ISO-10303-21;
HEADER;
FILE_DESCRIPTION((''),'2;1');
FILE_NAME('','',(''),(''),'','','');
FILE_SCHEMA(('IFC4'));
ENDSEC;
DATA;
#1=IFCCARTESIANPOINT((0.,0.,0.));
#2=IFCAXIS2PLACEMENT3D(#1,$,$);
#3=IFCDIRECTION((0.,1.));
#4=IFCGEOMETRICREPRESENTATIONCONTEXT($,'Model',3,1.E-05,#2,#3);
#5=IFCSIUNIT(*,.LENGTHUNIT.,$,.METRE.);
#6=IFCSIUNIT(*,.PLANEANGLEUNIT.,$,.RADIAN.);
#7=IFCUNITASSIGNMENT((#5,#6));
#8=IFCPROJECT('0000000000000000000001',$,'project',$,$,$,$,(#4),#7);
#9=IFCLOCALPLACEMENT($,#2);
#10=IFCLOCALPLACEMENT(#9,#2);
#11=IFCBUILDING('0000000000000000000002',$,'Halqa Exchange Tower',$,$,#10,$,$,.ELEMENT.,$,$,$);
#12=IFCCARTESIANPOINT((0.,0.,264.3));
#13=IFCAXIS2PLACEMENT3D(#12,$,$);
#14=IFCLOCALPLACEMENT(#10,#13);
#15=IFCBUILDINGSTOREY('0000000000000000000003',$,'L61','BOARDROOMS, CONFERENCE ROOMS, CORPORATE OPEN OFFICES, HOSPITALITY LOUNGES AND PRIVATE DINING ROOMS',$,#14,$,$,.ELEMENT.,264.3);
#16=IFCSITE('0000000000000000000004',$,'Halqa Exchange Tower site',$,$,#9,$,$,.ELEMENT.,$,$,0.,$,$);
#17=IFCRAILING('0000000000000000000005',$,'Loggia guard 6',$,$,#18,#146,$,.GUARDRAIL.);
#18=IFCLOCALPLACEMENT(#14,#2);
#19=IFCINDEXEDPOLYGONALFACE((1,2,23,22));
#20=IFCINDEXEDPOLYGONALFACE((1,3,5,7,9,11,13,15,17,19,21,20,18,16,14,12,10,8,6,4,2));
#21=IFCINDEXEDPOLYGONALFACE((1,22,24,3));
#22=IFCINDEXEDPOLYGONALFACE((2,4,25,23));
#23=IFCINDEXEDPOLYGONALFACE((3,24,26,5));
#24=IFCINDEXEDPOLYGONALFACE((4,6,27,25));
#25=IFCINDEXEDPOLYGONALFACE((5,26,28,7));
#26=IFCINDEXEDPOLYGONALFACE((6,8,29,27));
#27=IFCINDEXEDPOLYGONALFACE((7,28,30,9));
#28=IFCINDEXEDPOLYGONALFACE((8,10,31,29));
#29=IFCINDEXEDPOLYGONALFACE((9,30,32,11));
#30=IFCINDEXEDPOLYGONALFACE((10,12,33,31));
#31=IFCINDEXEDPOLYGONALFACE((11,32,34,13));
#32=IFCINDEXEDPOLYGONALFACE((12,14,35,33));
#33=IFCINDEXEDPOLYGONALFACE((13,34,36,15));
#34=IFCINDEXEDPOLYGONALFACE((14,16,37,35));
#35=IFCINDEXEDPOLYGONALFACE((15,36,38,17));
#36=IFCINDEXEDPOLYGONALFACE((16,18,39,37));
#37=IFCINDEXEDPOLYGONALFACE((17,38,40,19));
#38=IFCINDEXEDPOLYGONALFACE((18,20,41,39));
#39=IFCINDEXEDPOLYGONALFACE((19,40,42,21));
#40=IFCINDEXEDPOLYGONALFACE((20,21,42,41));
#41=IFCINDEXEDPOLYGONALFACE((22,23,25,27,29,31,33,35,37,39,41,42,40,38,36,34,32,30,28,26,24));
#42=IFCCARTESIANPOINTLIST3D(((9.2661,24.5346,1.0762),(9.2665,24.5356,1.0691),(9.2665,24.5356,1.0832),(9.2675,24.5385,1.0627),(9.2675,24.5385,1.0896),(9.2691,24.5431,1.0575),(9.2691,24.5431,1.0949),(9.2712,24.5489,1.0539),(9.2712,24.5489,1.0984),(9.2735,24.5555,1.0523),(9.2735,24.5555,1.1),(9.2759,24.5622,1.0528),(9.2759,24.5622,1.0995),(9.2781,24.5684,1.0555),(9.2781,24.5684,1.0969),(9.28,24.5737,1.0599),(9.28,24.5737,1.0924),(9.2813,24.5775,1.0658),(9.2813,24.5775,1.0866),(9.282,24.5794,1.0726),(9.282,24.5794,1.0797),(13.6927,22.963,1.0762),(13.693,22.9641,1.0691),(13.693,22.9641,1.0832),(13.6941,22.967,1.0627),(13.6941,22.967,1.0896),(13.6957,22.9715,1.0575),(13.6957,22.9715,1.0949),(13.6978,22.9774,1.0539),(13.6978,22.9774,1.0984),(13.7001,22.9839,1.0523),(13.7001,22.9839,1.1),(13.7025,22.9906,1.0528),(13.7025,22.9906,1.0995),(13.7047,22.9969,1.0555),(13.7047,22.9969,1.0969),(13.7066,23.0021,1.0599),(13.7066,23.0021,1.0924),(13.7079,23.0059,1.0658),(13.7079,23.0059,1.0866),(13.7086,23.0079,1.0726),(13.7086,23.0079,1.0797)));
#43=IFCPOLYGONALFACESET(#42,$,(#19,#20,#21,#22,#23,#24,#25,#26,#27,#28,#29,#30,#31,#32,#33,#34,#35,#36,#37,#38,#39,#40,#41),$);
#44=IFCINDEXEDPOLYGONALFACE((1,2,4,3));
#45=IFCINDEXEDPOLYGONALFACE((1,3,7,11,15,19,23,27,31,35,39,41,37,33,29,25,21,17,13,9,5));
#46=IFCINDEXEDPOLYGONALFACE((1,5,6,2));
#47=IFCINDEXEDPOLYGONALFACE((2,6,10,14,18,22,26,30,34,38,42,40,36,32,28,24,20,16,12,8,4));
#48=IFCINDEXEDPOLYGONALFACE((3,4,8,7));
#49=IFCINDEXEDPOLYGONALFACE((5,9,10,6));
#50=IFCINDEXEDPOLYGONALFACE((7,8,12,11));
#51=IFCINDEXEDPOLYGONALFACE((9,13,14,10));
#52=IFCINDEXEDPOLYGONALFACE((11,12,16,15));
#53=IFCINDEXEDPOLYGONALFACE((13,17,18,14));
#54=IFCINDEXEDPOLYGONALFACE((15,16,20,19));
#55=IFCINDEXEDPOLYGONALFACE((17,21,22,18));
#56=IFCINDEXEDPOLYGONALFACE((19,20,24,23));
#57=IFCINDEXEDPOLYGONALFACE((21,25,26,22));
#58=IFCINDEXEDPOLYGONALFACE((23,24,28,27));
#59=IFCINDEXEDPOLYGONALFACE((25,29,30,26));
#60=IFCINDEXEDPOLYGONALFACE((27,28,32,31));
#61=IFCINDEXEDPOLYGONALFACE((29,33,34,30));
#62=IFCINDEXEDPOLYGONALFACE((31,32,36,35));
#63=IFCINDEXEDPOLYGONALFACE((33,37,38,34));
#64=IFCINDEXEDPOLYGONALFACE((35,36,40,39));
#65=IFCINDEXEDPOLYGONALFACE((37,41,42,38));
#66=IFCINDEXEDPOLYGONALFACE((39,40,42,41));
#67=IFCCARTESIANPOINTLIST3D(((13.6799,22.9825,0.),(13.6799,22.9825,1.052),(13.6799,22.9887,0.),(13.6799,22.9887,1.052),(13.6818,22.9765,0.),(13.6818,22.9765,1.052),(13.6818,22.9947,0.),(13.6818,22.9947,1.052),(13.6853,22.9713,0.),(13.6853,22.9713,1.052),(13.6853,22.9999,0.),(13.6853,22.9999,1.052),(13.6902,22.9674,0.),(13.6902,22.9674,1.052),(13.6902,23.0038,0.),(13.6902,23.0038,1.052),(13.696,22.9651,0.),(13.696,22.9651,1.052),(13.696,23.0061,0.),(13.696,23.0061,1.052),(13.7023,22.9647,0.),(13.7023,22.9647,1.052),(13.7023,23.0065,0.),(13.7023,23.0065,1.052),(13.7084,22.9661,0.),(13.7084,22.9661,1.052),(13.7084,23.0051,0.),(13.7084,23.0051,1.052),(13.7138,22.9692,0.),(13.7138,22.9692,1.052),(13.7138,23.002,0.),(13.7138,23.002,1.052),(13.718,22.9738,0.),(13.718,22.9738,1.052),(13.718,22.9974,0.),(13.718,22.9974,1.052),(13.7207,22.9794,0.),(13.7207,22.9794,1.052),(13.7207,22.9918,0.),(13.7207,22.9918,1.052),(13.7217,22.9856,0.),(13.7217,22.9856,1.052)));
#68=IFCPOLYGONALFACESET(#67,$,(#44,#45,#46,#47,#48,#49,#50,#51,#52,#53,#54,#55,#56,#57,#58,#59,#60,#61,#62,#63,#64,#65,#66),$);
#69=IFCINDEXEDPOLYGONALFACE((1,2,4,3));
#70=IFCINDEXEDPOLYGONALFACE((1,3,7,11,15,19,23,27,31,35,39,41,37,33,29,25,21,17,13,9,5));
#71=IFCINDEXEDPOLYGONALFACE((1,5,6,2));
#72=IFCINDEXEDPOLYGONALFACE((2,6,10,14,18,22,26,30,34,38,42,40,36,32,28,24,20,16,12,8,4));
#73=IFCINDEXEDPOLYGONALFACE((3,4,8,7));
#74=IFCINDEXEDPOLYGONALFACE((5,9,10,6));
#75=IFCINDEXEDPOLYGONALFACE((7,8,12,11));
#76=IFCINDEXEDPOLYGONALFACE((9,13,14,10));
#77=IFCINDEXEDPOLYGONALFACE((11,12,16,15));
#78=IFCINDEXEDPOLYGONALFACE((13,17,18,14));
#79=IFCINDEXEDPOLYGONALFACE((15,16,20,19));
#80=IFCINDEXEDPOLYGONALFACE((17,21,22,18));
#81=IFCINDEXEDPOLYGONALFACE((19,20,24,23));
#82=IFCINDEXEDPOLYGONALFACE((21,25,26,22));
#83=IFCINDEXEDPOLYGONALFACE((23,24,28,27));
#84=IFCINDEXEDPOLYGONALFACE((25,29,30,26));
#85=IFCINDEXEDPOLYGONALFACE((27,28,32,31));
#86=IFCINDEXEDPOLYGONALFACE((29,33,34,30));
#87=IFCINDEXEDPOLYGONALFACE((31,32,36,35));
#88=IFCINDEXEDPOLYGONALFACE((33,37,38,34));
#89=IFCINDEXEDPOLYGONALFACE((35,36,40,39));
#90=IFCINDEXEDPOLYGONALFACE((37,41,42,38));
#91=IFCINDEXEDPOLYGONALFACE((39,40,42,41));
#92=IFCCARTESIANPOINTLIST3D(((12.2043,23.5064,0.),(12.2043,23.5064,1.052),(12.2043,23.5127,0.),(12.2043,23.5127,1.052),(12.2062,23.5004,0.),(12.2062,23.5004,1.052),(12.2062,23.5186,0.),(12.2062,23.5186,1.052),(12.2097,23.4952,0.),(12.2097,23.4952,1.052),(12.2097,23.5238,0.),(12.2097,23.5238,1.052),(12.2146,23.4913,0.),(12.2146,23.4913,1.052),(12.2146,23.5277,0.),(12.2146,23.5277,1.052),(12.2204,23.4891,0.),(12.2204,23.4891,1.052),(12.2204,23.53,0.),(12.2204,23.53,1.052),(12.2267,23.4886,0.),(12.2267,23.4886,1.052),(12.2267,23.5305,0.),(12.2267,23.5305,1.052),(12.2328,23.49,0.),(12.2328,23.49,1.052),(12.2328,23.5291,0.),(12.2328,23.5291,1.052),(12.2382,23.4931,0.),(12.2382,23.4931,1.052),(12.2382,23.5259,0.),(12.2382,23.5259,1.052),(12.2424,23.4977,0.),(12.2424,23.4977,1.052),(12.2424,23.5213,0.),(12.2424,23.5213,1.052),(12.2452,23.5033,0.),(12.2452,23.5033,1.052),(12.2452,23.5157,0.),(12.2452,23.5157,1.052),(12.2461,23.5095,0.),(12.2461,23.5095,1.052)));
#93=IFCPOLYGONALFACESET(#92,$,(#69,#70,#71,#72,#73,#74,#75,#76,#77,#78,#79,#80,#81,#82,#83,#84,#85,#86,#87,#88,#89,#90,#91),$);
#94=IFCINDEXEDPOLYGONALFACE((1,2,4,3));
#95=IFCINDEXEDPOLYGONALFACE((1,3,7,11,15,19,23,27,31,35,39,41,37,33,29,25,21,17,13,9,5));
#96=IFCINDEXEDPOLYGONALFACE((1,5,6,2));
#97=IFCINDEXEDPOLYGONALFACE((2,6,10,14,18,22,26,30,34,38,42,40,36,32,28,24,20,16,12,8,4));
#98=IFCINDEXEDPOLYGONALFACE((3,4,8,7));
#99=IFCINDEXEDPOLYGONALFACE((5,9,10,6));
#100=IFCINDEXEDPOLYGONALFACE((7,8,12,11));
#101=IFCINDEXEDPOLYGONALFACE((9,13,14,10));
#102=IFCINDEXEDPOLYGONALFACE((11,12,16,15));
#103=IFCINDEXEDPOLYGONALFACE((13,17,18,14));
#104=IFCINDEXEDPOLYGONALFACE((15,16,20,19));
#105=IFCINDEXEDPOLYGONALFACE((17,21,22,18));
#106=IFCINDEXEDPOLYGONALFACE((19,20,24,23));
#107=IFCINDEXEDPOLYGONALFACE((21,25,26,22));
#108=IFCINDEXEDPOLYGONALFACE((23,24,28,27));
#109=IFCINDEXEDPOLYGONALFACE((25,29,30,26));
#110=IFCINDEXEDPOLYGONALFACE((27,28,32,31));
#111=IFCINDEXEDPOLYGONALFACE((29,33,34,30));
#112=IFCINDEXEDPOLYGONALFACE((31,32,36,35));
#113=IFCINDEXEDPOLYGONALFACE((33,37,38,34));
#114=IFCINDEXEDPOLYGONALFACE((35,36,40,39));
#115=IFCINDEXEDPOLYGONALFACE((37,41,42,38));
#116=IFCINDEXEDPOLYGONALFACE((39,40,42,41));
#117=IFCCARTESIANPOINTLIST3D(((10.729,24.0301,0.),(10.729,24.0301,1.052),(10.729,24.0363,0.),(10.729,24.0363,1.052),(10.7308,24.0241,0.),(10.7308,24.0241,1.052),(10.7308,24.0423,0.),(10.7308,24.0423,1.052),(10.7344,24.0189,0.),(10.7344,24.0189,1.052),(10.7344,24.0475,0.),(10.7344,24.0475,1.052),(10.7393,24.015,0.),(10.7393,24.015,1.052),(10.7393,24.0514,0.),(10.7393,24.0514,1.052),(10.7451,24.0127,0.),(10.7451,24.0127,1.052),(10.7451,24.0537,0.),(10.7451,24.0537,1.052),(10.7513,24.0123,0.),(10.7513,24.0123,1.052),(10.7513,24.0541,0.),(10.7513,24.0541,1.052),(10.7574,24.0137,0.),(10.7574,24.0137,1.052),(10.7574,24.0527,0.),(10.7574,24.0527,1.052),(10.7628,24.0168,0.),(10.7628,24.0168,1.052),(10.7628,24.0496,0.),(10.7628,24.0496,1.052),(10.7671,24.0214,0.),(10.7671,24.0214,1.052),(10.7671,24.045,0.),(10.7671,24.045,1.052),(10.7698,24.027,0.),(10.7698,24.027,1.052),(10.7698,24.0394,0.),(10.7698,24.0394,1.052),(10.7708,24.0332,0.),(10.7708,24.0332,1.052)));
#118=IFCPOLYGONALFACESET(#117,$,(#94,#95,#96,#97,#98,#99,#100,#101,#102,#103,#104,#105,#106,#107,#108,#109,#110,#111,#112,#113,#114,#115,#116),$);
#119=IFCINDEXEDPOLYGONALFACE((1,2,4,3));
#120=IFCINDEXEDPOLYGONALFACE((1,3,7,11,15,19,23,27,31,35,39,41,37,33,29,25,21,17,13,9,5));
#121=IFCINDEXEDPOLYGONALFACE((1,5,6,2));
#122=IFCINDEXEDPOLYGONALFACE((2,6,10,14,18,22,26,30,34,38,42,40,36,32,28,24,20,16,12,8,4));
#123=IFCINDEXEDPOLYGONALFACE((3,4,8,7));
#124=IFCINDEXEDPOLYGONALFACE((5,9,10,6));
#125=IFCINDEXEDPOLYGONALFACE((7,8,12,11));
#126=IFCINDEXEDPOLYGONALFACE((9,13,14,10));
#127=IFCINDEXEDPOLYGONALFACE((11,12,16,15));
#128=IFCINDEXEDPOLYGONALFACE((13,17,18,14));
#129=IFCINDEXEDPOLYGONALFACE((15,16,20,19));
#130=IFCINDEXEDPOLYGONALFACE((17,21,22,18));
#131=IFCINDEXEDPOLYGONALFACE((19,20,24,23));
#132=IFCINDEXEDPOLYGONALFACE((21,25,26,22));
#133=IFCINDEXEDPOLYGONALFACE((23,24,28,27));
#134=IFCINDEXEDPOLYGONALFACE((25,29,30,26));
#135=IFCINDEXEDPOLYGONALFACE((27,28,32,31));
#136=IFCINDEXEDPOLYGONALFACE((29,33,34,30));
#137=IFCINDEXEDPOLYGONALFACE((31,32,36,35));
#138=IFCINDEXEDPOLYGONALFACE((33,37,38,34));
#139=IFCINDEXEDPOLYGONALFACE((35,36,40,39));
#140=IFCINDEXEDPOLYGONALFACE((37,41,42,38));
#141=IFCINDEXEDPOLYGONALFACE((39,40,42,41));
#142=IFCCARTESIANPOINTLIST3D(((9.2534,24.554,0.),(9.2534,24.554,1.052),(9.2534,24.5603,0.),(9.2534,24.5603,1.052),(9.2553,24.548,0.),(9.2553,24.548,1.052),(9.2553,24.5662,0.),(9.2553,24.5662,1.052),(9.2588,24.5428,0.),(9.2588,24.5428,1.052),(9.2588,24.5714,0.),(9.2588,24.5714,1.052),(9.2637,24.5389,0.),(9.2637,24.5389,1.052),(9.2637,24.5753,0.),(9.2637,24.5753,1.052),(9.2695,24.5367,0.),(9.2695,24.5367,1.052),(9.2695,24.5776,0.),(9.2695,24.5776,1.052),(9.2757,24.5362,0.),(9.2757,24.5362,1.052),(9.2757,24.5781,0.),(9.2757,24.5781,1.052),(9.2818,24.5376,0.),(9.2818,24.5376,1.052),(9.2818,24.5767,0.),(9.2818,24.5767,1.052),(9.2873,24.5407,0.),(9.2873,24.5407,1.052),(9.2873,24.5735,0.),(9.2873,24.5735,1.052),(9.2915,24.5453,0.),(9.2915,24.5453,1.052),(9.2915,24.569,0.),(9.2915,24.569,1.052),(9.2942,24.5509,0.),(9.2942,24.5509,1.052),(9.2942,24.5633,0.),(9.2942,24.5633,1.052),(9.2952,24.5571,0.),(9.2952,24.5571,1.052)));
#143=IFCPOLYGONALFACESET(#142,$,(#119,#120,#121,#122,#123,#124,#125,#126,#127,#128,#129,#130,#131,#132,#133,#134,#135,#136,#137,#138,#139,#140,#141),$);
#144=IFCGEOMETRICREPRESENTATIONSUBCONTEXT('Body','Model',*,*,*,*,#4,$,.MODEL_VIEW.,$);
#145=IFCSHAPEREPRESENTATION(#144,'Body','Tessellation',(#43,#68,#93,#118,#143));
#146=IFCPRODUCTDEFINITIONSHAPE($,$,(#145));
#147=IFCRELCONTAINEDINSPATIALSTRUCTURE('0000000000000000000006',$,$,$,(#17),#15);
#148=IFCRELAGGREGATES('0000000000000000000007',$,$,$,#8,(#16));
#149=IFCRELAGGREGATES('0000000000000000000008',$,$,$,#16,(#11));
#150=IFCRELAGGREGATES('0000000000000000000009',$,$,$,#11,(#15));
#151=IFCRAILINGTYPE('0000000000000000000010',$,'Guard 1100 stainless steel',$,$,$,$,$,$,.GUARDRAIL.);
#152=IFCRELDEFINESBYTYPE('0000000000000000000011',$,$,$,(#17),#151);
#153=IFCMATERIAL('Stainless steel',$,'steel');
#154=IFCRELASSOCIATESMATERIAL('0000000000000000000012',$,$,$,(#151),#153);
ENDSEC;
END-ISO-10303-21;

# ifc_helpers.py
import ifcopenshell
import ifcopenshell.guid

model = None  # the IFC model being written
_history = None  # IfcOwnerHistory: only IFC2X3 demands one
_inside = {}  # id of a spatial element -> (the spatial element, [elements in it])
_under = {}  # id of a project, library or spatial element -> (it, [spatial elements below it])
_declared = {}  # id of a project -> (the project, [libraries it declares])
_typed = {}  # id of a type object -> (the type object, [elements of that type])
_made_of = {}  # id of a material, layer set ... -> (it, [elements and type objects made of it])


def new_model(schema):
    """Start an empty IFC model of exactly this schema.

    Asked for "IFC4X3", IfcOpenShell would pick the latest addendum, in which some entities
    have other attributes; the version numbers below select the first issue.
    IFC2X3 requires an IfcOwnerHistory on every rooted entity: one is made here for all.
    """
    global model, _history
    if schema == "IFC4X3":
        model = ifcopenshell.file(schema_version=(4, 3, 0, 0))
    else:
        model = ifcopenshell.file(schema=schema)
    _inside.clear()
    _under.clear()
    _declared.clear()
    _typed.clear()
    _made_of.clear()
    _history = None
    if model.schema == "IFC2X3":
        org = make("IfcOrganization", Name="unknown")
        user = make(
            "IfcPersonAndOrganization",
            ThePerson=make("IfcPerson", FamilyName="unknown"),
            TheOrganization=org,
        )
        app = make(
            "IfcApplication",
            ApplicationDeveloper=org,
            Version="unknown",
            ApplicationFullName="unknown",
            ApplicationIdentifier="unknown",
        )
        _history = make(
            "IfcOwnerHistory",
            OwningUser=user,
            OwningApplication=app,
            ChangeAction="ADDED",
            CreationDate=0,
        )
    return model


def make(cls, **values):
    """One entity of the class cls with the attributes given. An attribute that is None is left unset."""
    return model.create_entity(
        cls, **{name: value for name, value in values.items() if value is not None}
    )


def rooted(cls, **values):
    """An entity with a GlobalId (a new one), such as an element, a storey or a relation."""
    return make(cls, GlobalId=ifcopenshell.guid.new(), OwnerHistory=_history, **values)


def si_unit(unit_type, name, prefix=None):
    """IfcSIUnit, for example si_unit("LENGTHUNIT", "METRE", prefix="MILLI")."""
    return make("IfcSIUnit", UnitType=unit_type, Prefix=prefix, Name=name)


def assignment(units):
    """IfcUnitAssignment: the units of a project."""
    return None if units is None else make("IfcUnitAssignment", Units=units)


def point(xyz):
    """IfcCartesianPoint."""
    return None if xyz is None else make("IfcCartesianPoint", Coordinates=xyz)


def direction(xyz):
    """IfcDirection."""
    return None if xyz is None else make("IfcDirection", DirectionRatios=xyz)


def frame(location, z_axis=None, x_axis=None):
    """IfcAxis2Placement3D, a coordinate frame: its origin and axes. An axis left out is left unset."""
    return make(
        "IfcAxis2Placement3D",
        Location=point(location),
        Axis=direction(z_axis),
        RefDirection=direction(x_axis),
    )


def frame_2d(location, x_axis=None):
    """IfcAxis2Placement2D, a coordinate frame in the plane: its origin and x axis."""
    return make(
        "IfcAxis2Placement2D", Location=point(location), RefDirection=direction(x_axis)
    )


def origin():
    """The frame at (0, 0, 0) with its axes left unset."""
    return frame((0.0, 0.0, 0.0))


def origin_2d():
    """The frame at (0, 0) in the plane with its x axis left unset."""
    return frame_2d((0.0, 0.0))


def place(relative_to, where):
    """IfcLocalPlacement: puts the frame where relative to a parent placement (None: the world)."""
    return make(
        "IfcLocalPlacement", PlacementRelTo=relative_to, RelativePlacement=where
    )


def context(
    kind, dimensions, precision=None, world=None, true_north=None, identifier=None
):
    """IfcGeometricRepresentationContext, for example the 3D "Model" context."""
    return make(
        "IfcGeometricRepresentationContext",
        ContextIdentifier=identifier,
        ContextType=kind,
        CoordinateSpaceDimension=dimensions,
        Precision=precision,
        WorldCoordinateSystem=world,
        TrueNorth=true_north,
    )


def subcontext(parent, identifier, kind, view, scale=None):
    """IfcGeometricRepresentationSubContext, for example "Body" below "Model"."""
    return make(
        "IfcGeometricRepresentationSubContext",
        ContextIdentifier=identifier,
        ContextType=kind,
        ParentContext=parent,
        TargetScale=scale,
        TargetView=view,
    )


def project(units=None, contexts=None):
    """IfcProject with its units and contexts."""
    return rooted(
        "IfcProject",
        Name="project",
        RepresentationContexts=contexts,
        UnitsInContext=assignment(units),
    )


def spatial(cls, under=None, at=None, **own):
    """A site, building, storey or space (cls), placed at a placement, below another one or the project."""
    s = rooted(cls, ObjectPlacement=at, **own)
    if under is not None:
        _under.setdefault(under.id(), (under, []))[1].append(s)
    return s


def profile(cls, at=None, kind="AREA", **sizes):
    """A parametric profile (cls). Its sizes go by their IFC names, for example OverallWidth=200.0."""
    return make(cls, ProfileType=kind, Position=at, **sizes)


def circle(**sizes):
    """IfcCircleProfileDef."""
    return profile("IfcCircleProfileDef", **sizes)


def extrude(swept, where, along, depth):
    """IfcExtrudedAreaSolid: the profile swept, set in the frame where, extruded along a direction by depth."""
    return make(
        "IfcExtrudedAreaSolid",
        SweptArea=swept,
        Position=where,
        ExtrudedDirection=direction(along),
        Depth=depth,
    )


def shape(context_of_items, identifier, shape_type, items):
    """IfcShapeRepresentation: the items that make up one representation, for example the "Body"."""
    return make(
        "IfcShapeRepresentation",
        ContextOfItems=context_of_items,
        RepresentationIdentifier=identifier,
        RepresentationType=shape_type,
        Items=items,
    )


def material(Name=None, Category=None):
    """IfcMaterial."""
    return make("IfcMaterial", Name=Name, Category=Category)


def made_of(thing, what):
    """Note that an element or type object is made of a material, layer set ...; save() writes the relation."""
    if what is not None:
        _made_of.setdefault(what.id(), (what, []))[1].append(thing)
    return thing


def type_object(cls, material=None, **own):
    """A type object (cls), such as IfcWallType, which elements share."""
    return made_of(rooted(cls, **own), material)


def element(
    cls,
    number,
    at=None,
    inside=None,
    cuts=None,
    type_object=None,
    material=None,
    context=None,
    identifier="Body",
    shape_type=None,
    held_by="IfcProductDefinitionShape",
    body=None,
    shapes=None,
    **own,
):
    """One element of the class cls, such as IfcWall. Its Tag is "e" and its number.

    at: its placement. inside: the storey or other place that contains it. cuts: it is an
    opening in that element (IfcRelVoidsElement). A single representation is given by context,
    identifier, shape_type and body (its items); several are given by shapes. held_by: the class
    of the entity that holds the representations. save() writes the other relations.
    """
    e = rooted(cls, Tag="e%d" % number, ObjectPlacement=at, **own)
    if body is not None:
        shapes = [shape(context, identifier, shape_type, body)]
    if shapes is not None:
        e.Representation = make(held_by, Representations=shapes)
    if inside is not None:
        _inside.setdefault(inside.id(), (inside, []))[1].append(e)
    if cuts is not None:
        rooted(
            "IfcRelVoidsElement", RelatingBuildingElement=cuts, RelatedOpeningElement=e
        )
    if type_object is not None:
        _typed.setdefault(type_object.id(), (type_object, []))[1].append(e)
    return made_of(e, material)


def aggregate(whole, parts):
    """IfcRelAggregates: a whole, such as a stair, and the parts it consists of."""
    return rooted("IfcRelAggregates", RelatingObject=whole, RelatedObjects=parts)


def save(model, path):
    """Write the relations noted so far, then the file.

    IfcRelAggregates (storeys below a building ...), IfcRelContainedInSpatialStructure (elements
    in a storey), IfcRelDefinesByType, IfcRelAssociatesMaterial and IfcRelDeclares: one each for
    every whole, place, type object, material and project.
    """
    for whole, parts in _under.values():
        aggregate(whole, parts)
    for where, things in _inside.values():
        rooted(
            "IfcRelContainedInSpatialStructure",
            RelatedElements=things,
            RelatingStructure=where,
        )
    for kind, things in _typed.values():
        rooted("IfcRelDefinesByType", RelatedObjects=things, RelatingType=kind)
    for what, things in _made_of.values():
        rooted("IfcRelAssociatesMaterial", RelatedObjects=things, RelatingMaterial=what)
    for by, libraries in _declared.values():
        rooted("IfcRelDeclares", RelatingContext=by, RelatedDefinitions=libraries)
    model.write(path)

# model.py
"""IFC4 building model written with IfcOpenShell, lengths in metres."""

from ifc_helpers import new_model, si_unit, direction, frame, origin, origin_2d, place, context, subcontext, project, spatial, circle, extrude, material, type_object, element, save


model = new_model("IFC4")

# Units and contexts
model_context = context("Model", 3, precision=1e-05, world=origin(), true_north=direction((0.0, 1.0)))
body_context = subcontext(model_context, "Body", "Model", "MODEL_VIEW")
ifc_project = project(units=[si_unit("LENGTHUNIT", "METRE"), si_unit("PLANEANGLEUNIT", "RADIAN")], contexts=[model_context])

# Site, building, storey
site_placement = place(None, origin())
site = spatial("IfcSite", under=ifc_project, at=site_placement, Name="Halqa Exchange Tower site", CompositionType="ELEMENT", RefElevation=0.0)
building_placement = place(site_placement, origin())
building = spatial("IfcBuilding", under=site, at=building_placement, Name="Halqa Exchange Tower", CompositionType="ELEMENT")
storey_placement = place(building_placement, frame((0.0, 0.0, 264.3)))
storey = spatial("IfcBuildingStorey", under=building, at=storey_placement, Name="L61", Description="BOARDROOMS, CONFERENCE ROOMS, CORPORATE OPEN OFFICES, HOSPITALITY LOUNGES AND PRIVATE DINING ROOMS", CompositionType="ELEMENT", Elevation=264.3)

# Railing
ifc_material_1 = material(Name="Stainless steel", Category="steel")
railing_type = type_object("IfcRailingType", Name="Guard 1100 stainless steel", PredefinedType="GUARDRAIL", material=ifc_material_1)
railing_1_placement = place(storey_placement, frame((13.7007, 22.9856, 0.0)))
element("IfcRailing", 1, at=railing_1_placement, inside=storey, type_object=railing_type, Name="Loggia guard 6", PredefinedType="GUARDRAIL", context=body_context, shape_type="SweptSolid", body=[
    extrude(circle(Radius=0.0239, at=origin_2d()), frame((0.0, 0.0, 1.0762), z_axis=(-0.942372, 0.334568, 0.0), x_axis=(-0.334568, -0.942372, 0.0)), (0.0, 0.0, 1.0), 4.6973),
    extrude(circle(Radius=0.021, at=origin_2d()), origin(), (0.0, 0.0, 1.0), 1.052),
    extrude(circle(Radius=0.021, at=origin_2d()), frame((-1.4756, 0.5239, 0.0)), (0.0, 0.0, 1.0), 1.052),
    extrude(circle(Radius=0.021, at=origin_2d()), frame((-2.9509, 1.0476, 0.0)), (0.0, 0.0, 1.0), 1.052),
    extrude(circle(Radius=0.021, at=origin_2d()), frame((-4.4265, 1.5715, 0.0)), (0.0, 0.0, 1.0), 1.052),
])

save(model, "model.ifc")
